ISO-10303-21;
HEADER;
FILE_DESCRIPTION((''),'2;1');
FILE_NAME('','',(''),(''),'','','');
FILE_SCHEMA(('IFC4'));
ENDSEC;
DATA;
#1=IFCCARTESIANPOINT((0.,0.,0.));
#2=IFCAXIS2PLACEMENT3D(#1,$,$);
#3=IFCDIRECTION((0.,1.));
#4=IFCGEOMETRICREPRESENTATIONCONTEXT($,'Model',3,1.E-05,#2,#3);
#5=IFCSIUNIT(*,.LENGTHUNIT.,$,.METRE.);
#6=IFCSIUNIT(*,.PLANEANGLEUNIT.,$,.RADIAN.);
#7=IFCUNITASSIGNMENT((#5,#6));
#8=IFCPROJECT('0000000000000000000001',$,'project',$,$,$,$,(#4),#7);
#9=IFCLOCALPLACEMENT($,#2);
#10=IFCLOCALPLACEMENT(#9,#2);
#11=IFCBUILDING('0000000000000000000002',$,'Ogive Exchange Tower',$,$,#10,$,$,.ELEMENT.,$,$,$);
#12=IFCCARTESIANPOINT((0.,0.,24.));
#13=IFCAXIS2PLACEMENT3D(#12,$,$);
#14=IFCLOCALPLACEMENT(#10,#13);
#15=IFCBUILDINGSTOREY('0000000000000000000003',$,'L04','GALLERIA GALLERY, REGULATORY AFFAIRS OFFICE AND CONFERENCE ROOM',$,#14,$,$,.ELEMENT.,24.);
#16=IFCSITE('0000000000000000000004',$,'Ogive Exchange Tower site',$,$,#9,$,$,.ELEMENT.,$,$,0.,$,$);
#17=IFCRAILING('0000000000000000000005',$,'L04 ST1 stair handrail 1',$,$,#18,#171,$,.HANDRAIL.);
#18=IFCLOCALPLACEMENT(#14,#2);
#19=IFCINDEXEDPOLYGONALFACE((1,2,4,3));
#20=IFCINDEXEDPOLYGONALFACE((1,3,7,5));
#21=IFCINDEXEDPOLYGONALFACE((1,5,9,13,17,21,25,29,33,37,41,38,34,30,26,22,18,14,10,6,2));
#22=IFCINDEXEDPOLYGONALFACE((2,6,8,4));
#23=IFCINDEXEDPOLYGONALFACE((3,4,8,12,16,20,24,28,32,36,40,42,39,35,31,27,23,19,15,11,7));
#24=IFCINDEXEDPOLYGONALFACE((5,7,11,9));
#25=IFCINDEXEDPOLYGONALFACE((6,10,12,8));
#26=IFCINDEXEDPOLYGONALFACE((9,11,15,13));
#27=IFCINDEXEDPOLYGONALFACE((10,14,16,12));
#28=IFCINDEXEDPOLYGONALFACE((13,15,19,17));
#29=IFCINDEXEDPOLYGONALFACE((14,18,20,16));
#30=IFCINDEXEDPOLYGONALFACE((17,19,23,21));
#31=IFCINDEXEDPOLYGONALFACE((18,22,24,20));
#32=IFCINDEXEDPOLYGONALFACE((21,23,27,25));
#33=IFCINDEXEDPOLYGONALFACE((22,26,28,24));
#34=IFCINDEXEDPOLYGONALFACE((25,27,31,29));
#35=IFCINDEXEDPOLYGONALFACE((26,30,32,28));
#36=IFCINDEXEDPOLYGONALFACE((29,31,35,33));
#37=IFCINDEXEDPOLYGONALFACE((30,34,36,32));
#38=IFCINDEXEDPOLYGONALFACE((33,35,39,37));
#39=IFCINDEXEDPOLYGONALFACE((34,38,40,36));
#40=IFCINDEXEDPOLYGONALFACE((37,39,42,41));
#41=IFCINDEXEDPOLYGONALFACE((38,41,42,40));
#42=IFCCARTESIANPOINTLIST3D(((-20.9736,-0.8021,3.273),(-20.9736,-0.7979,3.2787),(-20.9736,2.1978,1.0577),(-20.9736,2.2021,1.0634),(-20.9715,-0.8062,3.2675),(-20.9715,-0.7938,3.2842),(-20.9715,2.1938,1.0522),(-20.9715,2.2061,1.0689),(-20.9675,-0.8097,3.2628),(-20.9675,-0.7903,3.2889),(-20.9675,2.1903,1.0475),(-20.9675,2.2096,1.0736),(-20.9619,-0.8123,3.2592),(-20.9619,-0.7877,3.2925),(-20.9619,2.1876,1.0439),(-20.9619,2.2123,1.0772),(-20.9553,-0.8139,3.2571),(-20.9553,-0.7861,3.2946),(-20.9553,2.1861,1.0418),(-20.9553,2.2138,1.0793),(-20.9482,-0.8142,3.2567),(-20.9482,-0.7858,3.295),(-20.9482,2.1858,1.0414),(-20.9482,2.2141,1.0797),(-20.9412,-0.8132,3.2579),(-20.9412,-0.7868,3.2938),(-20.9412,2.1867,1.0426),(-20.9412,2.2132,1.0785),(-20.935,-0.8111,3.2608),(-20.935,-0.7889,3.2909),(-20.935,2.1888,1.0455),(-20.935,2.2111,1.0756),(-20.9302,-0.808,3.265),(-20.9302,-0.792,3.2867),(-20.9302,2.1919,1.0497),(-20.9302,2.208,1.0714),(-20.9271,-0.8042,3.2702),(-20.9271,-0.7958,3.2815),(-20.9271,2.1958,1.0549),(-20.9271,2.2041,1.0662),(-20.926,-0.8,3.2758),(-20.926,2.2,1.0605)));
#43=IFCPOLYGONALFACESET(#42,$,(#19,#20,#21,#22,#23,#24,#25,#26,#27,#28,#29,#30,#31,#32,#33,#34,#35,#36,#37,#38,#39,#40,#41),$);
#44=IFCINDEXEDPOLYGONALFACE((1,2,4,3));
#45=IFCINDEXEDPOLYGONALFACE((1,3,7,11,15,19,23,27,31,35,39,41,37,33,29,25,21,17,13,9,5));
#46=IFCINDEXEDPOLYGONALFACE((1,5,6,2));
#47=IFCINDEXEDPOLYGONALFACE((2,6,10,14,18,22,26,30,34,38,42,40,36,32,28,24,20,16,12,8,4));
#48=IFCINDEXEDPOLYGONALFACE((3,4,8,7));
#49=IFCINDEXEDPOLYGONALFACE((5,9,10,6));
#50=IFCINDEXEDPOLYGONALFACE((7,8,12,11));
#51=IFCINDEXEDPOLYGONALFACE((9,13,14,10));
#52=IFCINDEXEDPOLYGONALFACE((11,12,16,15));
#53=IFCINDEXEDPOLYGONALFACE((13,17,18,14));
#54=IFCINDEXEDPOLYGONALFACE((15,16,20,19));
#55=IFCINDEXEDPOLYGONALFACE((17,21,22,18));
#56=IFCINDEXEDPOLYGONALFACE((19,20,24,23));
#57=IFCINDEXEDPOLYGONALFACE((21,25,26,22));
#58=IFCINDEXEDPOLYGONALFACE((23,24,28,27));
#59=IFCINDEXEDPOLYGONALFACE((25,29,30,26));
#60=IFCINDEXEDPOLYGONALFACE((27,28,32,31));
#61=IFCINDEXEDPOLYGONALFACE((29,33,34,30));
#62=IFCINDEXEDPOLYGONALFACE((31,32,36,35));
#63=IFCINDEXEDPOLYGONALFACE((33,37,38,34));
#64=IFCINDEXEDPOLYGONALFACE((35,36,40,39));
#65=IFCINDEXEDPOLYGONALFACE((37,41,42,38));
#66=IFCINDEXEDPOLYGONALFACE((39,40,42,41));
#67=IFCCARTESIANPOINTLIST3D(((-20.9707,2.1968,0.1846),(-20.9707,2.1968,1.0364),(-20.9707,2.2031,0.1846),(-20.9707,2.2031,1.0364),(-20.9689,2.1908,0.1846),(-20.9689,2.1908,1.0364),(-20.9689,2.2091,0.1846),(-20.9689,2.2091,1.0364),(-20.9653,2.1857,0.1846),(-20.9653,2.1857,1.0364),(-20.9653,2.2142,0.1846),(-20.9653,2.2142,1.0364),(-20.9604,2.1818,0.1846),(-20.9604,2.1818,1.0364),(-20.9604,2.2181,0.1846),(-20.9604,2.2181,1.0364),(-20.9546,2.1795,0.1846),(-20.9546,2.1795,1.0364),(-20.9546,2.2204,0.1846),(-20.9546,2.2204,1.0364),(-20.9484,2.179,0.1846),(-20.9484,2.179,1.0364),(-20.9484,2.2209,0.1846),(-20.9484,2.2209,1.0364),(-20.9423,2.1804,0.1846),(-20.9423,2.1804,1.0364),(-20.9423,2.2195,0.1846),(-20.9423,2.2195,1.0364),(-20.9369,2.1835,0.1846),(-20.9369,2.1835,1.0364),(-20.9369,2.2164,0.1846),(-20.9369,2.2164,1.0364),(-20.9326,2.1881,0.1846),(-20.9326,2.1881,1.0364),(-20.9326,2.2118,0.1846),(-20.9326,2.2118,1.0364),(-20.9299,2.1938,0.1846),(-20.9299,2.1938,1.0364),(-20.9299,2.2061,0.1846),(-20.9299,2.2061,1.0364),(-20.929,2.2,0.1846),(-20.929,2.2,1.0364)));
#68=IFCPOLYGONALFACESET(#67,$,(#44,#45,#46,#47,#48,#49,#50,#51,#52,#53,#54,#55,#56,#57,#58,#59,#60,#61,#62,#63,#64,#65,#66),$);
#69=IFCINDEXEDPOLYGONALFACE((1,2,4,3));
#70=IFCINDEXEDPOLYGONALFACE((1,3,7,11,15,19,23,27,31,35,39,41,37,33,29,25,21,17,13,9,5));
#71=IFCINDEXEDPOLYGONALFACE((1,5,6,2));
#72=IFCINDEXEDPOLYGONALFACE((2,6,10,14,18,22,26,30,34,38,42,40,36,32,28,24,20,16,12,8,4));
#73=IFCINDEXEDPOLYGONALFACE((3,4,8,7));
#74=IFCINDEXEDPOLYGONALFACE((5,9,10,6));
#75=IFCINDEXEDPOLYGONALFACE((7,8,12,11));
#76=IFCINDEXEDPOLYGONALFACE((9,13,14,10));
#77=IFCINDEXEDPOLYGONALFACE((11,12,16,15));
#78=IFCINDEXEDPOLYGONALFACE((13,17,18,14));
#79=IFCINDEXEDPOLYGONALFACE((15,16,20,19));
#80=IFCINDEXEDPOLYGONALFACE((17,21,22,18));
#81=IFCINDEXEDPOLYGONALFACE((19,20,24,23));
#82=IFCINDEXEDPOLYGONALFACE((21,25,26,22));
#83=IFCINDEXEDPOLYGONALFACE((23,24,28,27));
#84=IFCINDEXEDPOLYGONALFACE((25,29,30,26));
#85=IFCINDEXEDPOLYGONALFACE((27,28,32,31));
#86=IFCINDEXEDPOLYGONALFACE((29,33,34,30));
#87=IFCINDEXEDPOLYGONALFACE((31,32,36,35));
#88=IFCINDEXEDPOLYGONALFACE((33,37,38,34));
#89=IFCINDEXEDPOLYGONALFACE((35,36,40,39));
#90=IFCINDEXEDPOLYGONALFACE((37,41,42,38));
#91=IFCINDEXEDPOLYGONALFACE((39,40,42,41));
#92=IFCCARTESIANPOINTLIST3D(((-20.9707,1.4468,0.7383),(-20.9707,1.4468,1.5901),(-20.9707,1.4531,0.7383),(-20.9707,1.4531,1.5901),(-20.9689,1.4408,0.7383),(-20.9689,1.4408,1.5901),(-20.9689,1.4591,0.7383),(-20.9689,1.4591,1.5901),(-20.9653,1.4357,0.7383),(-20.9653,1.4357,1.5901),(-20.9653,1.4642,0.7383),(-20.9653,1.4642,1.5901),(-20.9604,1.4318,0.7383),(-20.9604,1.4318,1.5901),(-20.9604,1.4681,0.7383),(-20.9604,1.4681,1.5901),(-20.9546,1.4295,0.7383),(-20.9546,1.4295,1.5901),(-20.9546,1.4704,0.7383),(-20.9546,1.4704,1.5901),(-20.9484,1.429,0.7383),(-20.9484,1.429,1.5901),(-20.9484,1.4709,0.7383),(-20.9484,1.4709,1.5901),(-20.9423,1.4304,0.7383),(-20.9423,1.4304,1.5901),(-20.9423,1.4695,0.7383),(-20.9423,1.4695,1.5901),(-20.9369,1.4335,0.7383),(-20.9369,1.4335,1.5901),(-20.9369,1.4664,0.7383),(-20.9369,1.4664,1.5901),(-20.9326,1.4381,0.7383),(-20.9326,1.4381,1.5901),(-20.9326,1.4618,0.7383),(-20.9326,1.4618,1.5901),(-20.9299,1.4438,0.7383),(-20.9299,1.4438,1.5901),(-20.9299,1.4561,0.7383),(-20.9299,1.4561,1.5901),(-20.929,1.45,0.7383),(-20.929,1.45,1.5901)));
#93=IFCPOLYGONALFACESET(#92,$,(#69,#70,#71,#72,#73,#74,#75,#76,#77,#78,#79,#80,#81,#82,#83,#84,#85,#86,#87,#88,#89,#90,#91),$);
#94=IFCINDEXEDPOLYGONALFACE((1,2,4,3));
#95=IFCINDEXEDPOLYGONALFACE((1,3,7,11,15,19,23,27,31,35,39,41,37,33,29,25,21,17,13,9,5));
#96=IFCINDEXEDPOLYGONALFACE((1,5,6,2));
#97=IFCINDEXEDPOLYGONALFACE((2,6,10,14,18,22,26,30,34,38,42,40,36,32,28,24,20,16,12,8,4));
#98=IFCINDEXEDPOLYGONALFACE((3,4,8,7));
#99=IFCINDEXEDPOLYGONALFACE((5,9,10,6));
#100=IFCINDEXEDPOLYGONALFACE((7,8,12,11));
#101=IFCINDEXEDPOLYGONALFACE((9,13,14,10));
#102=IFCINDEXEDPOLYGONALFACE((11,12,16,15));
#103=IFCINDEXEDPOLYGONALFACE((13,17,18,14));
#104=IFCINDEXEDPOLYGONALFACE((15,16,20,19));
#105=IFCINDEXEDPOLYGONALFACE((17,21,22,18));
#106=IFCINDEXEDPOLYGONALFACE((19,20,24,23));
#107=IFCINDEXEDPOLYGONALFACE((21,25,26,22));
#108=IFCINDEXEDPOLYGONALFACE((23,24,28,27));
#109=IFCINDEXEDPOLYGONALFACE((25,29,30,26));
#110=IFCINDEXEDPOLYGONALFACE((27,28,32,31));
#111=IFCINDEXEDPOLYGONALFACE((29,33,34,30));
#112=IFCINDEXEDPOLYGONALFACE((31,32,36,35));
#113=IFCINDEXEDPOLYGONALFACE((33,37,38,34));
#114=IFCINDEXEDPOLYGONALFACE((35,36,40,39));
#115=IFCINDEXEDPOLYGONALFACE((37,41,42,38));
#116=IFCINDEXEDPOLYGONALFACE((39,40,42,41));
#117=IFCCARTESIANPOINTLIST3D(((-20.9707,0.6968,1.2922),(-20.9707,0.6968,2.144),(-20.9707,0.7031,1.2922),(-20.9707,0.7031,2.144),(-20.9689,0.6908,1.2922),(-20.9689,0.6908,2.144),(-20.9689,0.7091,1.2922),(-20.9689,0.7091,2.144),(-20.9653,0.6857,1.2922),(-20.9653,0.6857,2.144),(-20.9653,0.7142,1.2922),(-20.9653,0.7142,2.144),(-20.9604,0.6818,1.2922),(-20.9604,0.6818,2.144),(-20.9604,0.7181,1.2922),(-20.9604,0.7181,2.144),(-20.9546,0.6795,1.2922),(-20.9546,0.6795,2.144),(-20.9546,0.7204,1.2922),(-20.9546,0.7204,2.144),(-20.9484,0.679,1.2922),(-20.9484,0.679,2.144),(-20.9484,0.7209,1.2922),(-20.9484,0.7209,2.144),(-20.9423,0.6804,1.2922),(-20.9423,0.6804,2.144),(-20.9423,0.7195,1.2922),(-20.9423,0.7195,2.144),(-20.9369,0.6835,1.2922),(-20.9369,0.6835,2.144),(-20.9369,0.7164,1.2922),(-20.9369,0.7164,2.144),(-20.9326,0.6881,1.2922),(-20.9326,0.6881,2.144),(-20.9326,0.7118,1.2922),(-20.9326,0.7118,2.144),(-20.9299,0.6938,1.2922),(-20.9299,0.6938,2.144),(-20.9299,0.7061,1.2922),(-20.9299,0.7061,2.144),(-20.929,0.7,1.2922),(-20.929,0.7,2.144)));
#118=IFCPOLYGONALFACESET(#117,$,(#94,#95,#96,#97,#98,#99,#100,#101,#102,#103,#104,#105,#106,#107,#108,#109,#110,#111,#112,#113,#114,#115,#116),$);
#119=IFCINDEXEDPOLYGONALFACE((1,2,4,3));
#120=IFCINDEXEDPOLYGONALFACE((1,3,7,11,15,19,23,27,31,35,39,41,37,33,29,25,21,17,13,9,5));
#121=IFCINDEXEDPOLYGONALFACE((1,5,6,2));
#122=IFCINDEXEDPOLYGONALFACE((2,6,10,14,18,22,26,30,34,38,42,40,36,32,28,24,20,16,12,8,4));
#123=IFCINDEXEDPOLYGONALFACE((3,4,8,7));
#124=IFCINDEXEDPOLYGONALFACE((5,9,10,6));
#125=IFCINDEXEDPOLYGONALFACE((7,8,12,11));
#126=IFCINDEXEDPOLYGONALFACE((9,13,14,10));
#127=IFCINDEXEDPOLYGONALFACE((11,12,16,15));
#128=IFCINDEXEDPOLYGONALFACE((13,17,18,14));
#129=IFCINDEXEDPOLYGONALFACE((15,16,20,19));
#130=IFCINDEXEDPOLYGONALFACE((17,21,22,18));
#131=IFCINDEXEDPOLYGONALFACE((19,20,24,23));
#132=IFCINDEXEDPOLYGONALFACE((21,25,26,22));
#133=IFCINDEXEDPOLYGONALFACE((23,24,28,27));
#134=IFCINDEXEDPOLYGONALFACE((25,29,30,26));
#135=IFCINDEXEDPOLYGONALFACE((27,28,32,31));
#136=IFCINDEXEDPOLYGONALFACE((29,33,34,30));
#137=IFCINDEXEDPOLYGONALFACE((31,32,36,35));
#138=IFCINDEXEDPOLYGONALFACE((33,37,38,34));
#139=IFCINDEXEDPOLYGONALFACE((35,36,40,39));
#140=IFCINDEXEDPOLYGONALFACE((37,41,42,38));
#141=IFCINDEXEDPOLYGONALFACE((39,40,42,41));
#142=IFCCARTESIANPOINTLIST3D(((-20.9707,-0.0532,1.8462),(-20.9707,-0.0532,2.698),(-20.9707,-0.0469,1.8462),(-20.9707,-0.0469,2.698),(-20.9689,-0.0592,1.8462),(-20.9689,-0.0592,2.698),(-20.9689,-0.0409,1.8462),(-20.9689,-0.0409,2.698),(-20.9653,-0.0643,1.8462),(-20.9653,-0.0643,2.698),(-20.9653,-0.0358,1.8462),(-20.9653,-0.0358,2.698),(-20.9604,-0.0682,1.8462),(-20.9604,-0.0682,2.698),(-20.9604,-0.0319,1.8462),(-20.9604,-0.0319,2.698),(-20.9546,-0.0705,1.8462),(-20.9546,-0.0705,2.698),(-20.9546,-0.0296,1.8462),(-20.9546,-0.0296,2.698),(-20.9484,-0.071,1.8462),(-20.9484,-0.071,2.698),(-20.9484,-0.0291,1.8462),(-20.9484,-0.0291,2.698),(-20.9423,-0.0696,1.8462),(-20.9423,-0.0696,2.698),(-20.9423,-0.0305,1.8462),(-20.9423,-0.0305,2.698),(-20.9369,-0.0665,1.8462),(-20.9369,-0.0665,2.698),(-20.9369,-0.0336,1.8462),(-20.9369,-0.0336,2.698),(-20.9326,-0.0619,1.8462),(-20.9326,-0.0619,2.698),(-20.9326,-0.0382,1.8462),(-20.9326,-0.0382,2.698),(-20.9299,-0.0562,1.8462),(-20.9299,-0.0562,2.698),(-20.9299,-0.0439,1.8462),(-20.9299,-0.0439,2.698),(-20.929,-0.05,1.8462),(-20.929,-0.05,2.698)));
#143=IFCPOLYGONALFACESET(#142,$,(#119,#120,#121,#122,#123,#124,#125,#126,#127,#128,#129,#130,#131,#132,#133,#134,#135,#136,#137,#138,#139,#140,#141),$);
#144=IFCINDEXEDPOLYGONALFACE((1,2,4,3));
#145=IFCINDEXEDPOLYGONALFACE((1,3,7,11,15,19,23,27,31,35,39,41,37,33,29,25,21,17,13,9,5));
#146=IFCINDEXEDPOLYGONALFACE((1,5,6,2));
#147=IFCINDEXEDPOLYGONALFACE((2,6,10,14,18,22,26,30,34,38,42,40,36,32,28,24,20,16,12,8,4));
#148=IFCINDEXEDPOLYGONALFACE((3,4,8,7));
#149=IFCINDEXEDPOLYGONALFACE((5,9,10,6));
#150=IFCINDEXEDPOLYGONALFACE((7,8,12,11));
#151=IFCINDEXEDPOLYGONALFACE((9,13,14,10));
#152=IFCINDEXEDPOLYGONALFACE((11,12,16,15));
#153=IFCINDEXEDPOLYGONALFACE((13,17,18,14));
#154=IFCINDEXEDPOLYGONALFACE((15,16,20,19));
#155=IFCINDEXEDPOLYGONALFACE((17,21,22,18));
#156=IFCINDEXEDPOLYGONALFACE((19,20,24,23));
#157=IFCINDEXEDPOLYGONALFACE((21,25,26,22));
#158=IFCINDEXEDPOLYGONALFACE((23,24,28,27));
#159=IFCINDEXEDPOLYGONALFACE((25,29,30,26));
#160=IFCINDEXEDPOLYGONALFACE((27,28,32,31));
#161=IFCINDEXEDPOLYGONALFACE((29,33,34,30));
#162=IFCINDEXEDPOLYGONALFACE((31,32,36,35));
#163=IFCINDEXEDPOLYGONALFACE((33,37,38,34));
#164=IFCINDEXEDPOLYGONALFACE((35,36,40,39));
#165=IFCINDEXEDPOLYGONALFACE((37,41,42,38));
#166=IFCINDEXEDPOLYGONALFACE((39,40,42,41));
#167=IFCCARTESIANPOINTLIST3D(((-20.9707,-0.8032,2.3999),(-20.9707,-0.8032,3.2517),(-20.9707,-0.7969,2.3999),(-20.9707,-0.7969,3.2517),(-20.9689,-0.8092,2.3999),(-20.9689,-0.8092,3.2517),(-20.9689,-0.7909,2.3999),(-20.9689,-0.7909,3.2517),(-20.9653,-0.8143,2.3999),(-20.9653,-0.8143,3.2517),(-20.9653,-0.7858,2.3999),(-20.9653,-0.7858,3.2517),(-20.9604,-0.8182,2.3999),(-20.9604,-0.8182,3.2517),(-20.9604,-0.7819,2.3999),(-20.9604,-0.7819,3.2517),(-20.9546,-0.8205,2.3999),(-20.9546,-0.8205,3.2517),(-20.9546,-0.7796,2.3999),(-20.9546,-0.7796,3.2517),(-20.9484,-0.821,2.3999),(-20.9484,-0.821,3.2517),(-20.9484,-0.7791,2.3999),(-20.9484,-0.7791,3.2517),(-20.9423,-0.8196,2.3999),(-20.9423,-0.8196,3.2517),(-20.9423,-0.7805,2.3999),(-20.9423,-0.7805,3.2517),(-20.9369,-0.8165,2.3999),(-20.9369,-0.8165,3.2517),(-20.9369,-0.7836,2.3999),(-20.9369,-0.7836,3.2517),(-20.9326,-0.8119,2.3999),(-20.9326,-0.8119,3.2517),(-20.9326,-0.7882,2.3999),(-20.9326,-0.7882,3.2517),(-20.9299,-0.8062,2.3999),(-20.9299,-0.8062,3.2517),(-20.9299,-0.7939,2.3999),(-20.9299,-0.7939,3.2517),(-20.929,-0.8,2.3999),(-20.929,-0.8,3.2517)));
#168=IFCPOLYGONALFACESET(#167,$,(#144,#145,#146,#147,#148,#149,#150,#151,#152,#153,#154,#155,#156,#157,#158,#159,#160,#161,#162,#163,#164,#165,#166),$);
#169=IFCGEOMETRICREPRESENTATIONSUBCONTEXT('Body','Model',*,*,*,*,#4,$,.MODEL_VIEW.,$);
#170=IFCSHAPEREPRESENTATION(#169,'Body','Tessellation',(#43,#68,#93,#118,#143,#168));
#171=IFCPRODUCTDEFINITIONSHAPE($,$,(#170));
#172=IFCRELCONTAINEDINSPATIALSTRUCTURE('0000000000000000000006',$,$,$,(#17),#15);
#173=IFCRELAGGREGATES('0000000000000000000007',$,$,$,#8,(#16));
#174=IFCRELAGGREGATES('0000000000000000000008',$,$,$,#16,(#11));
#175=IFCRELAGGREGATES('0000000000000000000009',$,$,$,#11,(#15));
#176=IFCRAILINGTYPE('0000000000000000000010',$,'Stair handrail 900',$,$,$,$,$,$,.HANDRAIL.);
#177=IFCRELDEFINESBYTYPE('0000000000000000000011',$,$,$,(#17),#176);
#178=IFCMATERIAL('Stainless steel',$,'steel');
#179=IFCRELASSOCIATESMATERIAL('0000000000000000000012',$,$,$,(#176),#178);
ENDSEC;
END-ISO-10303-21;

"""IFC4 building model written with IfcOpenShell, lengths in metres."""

from ifc_helpers import new_model, si_unit, direction, frame, origin, origin_2d, place, context, subcontext, project, spatial, circle, extrude, material, type_object, element, save


model = new_model("IFC4")

# Units and contexts
model_context = context("Model", 3, precision=1e-05, world=origin(), true_north=direction((0.0, 1.0)))
body_context = subcontext(model_context, "Body", "Model", "MODEL_VIEW")
ifc_project = project(units=[si_unit("LENGTHUNIT", "METRE"), si_unit("PLANEANGLEUNIT", "RADIAN")], contexts=[model_context])

# Site, building, storey
site_placement = place(None, origin())
site = spatial("IfcSite", under=ifc_project, at=site_placement, Name="Ogive Exchange Tower site", CompositionType="ELEMENT", RefElevation=0.0)
building_placement = place(site_placement, origin())
building = spatial("IfcBuilding", under=site, at=building_placement, Name="Ogive Exchange Tower", CompositionType="ELEMENT")
storey_placement = place(building_placement, frame((0.0, 0.0, 24.0)))
storey = spatial("IfcBuildingStorey", under=building, at=storey_placement, Name="L04", Description="GALLERIA GALLERY, REGULATORY AFFAIRS OFFICE AND CONFERENCE ROOM", CompositionType="ELEMENT", Elevation=24.0)

# Railing
ifc_material_1 = material(Name="Stainless steel", Category="steel")
railing_type = type_object("IfcRailingType", Name="Stair handrail 900", PredefinedType="HANDRAIL", material=ifc_material_1)
railing_placement = place(storey_placement, frame((-20.95, 2.2, 0.1846)))
element("IfcRailing", 1, at=railing_placement, inside=storey, type_object=railing_type, Name="L04 ST1 stair handrail 1", PredefinedType="HANDRAIL", context=body_context, shape_type="SweptSolid", body=[
    extrude(circle(Radius=0.0239, at=origin_2d()), frame((0.0, 0.0, 0.876), z_axis=(0.0, -0.80444, 0.594034), x_axis=(1.0, 0.0, 0.0)), (0.0, 0.0, 1.0), 3.7292),
    extrude(circle(Radius=0.021, at=origin_2d()), origin(), (0.0, 0.0, 1.0), 0.8518),
    extrude(circle(Radius=0.021, at=origin_2d()), frame((0.0, -0.75, 0.5537)), (0.0, 0.0, 1.0), 0.8518),
    extrude(circle(Radius=0.021, at=origin_2d()), frame((0.0, -1.5, 1.1077)), (0.0, 0.0, 1.0), 0.8518),
    extrude(circle(Radius=0.021, at=origin_2d()), frame((0.0, -2.25, 1.6616)), (0.0, 0.0, 1.0), 0.8518),
    extrude(circle(Radius=0.021, at=origin_2d()), frame((0.0, -3.0, 2.2153)), (0.0, 0.0, 1.0), 0.8518),
])

save(model, "model.ifc")
